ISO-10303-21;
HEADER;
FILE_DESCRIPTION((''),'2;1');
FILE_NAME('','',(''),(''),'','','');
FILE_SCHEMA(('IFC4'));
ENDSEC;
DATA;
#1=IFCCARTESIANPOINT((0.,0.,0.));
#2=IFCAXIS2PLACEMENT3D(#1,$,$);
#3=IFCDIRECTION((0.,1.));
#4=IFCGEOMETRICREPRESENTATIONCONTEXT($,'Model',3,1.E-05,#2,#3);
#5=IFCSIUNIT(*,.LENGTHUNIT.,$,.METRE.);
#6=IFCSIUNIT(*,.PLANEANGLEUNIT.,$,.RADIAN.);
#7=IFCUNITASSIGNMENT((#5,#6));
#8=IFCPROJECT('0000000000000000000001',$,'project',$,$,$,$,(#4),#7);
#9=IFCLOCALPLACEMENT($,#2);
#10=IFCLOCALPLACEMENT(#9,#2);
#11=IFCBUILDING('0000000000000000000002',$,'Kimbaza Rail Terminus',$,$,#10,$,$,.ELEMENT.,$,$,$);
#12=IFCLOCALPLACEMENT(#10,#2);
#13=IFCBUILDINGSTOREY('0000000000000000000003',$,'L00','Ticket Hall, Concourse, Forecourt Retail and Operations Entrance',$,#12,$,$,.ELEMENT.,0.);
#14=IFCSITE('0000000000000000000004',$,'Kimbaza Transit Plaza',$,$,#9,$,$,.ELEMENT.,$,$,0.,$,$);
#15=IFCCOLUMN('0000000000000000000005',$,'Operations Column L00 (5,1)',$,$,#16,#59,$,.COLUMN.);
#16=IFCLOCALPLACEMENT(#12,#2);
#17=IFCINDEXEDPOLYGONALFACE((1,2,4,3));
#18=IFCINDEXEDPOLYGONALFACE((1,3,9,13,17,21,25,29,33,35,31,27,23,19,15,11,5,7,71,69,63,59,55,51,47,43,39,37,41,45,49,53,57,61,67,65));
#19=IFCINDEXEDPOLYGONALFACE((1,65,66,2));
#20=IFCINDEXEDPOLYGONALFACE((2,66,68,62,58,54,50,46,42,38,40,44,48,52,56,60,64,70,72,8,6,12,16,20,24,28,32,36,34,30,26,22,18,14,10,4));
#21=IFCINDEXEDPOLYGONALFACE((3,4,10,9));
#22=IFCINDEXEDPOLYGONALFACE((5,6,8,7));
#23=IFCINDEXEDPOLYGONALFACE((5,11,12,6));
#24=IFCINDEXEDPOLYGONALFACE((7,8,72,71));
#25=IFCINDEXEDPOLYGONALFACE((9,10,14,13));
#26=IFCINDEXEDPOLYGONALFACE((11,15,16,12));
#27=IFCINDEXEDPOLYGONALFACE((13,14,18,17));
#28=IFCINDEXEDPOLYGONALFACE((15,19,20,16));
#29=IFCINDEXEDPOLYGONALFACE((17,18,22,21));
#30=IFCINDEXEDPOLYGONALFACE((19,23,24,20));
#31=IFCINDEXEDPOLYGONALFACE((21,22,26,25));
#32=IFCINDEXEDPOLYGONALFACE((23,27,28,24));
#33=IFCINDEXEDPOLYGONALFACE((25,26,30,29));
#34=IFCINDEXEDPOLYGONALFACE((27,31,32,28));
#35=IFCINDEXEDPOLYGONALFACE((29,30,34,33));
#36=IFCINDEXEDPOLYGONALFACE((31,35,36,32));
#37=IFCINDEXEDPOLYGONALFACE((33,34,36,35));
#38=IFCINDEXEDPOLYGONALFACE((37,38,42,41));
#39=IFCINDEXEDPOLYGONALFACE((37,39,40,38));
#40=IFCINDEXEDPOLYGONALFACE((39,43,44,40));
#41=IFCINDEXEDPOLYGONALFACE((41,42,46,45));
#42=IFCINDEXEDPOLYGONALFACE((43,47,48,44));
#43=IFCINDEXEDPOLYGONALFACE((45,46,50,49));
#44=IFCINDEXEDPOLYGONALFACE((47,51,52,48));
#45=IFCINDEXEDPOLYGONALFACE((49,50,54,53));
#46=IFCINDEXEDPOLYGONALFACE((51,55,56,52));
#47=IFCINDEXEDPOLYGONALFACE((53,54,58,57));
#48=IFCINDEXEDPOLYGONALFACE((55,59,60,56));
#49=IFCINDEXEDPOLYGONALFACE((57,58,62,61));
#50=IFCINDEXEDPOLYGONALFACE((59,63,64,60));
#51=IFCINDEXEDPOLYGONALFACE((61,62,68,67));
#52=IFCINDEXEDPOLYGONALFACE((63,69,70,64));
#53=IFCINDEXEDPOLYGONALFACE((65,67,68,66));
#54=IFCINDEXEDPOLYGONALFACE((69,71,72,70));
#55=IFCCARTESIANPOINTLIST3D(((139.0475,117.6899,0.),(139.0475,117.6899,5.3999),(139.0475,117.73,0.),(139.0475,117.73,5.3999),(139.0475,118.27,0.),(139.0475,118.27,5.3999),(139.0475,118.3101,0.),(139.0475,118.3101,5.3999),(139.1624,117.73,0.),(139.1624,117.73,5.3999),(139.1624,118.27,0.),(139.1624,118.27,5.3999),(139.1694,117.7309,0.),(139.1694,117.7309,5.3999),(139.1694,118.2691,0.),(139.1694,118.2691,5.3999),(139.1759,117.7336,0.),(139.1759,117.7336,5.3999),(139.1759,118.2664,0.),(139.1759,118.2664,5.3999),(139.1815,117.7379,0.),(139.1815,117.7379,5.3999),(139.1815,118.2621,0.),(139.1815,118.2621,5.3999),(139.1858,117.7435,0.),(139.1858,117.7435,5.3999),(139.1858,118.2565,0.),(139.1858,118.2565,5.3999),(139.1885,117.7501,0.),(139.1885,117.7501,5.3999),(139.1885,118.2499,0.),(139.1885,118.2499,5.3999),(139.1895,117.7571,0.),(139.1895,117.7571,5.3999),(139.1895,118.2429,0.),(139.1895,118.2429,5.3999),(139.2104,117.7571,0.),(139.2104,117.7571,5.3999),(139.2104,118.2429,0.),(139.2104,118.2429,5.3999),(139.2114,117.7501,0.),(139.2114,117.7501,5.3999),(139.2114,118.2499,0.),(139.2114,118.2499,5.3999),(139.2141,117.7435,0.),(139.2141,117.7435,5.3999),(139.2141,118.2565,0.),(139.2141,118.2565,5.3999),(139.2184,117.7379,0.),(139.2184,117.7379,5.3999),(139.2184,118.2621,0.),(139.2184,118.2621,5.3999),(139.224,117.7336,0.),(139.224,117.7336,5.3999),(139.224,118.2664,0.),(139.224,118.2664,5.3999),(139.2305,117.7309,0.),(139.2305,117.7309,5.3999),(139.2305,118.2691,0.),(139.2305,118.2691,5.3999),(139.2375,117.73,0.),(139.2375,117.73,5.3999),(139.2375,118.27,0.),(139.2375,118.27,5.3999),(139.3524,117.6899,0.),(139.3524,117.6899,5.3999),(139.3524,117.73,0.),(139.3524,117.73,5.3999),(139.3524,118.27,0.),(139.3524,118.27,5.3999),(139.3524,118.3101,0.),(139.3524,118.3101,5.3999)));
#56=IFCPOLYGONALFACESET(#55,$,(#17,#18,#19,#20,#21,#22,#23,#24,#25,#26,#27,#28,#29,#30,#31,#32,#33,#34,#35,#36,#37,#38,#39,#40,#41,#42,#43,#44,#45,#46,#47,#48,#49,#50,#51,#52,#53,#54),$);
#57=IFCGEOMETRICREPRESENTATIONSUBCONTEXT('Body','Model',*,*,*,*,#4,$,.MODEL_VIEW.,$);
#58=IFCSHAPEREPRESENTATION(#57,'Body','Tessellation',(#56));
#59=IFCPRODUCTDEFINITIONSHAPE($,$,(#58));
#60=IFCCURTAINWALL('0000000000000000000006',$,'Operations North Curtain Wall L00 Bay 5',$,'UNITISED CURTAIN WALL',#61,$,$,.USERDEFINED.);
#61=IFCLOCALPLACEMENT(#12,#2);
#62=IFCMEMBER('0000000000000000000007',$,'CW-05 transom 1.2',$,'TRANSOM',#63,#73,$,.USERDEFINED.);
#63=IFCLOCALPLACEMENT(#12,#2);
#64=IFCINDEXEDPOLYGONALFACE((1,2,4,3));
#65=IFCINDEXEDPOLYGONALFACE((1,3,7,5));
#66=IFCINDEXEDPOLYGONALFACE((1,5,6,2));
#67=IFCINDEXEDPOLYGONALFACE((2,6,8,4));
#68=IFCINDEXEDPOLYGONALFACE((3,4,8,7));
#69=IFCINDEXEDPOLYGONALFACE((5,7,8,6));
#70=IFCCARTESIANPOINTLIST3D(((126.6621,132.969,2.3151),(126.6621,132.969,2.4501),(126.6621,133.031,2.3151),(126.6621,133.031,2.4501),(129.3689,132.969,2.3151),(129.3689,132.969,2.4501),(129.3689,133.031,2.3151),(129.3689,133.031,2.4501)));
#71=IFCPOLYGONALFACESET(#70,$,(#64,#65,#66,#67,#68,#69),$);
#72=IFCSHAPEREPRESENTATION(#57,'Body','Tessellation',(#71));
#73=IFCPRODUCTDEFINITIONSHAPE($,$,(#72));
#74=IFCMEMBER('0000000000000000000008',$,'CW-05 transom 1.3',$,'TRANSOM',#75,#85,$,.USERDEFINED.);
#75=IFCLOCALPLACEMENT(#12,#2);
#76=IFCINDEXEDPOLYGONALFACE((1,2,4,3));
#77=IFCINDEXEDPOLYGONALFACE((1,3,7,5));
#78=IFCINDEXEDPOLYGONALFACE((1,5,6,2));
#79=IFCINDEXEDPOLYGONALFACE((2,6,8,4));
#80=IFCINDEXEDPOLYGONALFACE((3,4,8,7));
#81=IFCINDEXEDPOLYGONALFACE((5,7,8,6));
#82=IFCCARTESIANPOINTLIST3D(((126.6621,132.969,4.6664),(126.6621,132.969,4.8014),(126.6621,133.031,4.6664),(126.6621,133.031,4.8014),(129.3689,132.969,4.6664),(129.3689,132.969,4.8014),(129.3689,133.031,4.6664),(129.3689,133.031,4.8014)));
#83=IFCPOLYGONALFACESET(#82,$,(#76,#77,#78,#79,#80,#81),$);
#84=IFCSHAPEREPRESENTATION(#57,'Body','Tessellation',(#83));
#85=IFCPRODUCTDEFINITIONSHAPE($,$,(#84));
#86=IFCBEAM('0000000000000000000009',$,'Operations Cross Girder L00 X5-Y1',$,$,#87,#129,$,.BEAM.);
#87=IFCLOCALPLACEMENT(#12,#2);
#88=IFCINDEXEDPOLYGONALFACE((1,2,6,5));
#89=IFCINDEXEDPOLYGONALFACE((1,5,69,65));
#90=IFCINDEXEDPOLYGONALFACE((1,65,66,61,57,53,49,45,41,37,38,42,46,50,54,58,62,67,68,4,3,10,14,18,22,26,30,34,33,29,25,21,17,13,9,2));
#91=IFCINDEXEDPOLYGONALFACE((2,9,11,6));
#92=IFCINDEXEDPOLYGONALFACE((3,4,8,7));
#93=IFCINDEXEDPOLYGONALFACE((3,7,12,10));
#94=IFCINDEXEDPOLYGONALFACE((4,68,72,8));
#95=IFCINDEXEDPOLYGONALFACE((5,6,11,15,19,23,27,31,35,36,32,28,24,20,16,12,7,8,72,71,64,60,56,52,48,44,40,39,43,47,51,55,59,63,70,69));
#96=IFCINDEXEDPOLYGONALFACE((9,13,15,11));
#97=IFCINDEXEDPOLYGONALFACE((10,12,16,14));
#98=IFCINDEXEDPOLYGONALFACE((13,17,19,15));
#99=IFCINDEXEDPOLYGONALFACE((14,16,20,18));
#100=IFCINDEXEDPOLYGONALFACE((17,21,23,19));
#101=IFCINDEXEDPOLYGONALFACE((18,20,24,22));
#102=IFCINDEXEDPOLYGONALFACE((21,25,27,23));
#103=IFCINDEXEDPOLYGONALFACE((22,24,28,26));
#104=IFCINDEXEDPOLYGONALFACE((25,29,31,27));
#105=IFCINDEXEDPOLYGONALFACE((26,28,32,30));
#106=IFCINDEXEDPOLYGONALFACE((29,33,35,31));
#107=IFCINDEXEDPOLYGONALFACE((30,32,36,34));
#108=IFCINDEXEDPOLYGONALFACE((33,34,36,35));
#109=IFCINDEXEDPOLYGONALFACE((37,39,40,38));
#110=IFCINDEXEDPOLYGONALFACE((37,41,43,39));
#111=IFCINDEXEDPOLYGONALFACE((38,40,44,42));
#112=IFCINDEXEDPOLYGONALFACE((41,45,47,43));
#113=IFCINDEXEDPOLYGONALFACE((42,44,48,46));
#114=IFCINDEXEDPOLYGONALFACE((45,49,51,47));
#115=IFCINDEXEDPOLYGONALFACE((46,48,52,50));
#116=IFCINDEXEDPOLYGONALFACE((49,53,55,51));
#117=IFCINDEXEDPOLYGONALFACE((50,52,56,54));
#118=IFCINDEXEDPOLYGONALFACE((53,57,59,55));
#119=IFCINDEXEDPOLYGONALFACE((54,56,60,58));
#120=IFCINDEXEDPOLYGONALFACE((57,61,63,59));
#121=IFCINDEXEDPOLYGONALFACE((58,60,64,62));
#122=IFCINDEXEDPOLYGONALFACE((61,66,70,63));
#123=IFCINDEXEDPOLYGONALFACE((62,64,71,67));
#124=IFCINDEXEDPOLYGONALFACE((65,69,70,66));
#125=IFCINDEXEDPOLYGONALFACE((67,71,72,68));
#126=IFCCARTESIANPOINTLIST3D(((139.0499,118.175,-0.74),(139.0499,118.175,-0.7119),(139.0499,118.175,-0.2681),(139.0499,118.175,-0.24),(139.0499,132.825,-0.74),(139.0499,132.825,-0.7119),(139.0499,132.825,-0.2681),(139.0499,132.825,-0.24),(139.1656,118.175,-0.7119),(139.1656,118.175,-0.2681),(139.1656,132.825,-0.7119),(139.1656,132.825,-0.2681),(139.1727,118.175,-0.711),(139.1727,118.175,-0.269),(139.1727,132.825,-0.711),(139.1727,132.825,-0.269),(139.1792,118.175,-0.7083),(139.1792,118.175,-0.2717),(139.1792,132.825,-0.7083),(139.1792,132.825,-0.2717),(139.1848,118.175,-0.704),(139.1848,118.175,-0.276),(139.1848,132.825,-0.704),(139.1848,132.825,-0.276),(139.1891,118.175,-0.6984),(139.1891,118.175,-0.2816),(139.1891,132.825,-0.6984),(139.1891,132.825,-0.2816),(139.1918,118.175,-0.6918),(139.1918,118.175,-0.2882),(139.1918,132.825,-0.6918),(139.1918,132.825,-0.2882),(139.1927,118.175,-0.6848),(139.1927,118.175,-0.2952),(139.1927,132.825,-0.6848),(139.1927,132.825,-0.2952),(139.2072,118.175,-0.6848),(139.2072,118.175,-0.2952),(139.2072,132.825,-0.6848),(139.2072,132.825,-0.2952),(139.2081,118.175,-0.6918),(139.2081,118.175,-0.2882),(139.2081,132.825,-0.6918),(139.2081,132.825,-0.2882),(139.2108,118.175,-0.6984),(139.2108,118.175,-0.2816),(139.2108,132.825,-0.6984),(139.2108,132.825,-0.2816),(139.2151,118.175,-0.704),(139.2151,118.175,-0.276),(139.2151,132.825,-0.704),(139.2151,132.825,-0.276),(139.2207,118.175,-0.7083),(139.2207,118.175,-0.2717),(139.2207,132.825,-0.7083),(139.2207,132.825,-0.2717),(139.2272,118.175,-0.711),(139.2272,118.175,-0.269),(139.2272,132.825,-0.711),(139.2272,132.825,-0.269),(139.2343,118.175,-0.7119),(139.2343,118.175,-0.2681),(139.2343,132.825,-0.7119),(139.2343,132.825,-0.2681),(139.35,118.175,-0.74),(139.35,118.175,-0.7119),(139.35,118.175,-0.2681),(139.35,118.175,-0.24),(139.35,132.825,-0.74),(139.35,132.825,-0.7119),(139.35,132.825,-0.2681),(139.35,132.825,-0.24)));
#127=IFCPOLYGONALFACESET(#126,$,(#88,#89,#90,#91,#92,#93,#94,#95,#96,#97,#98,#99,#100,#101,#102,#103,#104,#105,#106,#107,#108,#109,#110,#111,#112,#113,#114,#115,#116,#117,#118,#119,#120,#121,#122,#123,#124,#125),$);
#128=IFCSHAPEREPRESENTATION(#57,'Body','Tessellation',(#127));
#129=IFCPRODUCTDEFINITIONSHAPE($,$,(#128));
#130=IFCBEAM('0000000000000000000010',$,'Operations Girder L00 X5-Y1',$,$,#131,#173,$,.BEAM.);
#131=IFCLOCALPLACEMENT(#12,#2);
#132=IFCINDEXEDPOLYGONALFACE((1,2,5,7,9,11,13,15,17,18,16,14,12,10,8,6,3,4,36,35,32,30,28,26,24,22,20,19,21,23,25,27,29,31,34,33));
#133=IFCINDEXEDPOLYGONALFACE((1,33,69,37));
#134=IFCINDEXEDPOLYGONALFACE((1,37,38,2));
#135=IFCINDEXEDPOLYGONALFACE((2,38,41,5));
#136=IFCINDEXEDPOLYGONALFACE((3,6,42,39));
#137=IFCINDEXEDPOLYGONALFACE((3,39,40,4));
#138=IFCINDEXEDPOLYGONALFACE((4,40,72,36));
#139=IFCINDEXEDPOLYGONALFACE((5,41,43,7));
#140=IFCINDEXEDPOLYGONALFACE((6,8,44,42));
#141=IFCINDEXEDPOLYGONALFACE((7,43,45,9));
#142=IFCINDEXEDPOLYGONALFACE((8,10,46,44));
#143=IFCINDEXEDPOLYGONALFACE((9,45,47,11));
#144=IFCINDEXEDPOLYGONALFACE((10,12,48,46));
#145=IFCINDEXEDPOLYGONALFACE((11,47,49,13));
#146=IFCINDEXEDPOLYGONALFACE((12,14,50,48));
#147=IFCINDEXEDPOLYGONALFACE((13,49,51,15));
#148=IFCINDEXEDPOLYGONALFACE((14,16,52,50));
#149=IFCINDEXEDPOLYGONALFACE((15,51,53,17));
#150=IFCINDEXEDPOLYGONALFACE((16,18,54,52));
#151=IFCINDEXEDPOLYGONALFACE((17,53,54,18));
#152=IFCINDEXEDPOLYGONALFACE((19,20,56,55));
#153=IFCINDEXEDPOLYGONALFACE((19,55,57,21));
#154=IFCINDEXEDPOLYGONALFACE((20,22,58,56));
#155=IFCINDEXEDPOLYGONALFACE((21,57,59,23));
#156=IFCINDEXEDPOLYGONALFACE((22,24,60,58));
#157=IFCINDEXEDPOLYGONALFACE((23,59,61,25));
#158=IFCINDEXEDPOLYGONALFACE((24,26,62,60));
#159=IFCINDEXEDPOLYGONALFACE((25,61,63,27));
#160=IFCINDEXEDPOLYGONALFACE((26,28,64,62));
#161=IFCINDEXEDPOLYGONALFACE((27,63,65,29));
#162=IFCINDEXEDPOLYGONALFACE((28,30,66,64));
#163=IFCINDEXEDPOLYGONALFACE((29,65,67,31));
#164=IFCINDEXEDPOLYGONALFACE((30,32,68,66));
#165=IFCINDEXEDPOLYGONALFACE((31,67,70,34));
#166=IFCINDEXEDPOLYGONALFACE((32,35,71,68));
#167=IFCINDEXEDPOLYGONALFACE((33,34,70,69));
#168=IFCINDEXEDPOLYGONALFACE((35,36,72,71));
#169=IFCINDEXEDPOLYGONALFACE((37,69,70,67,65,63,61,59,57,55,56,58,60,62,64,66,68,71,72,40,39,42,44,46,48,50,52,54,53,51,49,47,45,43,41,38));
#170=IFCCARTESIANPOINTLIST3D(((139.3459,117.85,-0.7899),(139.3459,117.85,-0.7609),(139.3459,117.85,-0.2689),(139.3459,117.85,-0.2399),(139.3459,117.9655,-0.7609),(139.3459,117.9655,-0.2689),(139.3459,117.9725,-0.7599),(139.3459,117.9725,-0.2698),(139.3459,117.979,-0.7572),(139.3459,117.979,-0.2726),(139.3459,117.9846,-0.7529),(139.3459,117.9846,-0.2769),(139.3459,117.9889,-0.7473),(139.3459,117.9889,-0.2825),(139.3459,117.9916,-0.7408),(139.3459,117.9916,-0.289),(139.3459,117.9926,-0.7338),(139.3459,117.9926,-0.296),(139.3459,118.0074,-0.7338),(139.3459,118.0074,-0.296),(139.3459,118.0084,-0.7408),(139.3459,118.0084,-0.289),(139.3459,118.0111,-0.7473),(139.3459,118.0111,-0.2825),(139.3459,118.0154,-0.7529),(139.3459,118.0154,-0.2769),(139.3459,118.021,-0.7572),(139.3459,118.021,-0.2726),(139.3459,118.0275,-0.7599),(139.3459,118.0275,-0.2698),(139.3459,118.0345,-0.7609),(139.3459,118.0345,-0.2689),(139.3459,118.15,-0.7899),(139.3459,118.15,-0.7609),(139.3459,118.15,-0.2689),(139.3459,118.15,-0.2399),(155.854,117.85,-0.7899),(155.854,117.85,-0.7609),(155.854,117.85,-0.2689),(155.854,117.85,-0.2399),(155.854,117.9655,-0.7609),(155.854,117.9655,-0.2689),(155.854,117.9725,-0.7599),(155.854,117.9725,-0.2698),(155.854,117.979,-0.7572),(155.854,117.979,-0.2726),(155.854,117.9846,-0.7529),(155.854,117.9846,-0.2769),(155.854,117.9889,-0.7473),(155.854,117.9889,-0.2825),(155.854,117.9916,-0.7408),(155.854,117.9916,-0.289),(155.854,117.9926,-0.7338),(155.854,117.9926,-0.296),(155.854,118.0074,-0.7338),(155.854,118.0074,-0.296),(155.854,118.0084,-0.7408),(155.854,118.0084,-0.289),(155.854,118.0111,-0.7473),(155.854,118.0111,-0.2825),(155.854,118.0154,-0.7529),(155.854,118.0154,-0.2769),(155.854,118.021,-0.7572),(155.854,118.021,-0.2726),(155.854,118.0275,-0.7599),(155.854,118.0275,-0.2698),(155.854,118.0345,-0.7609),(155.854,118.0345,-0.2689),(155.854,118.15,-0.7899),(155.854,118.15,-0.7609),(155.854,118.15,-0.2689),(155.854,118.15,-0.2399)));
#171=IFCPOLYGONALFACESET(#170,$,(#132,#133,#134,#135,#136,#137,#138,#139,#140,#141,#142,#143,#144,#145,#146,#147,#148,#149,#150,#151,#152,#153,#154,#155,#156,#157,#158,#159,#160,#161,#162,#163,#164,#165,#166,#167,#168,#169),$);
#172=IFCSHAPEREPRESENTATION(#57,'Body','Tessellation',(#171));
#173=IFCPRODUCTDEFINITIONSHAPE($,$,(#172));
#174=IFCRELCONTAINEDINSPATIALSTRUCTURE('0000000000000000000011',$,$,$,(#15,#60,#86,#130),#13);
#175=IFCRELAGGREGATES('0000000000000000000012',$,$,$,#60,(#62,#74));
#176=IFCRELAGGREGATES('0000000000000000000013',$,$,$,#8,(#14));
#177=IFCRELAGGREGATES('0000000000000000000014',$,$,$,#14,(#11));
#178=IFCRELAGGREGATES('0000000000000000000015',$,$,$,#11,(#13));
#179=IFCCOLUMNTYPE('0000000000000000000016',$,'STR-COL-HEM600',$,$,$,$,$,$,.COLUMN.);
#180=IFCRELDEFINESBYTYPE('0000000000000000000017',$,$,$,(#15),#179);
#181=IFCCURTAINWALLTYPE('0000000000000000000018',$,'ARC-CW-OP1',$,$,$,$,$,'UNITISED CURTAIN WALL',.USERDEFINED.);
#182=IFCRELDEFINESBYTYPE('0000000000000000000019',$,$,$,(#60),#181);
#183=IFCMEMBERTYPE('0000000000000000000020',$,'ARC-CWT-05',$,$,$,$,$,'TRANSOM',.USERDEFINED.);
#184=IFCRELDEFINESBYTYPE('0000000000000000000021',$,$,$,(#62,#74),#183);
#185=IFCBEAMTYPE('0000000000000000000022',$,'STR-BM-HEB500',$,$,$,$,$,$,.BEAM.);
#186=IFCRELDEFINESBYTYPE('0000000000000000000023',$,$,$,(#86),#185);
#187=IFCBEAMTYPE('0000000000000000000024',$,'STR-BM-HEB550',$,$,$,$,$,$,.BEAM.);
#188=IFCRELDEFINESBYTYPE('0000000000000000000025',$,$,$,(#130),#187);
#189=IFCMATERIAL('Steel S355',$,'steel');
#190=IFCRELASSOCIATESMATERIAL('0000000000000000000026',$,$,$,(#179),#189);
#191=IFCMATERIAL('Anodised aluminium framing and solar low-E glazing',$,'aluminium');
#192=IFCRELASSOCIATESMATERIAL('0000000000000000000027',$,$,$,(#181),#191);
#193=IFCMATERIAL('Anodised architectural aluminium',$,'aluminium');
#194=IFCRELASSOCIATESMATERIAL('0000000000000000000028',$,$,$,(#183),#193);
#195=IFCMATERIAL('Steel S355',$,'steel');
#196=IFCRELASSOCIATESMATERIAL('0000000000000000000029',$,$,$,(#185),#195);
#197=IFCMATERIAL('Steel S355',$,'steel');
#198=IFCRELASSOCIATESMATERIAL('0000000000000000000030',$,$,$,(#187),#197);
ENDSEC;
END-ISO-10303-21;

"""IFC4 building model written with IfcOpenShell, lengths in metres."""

from ifc_helpers import new_model, si_unit, direction, frame, origin, origin_2d, place, context, subcontext, project, spatial, rectangle, i_section, extrude, material, material_profile, profile_set, type_object, element, aggregate, save


model = new_model("IFC4")

# Units and contexts
model_context = context("Model", 3, precision=1e-05, world=origin(), true_north=direction((0.0, 1.0)))
body_context = subcontext(model_context, "Body", "Model", "MODEL_VIEW")
ifc_project = project(units=[si_unit("LENGTHUNIT", "METRE"), si_unit("PLANEANGLEUNIT", "RADIAN")], contexts=[model_context])

# Site, building, storey
site_placement = place(None, origin())
site = spatial("IfcSite", under=ifc_project, at=site_placement, Name="Kimbaza Transit Plaza", CompositionType="ELEMENT", RefElevation=0.0)
building_placement = place(site_placement, origin())
building = spatial("IfcBuilding", under=site, at=building_placement, Name="Kimbaza Rail Terminus", CompositionType="ELEMENT")
storey_placement = place(building_placement, origin())
storey = spatial("IfcBuildingStorey", under=building, at=storey_placement, Name="L00", Description="Ticket Hall, Concourse, Forecourt Retail and Operations Entrance", CompositionType="ELEMENT", Elevation=0.0)

# Column
ifc_material_1 = material(Name="Steel S355", Category="steel")
ifc_material_profile_1 = material_profile(ifc_material_1, i_section(OverallWidth=0.3049, OverallDepth=0.6201, WebThickness=0.021, FlangeThickness=0.04, FilletRadius=0.0271, at=origin_2d()), Name="HEM 600")
ifc_profile_set_1 = profile_set([ifc_material_profile_1], Name="Steel S355")
column_type = type_object("IfcColumnType", Name="STR-COL-HEM600", PredefinedType="COLUMN", material=ifc_profile_set_1)
column_placement = place(storey_placement, frame((139.2, 118.0, 0.0), z_axis=(0.0, 0.0, 1.0), x_axis=(1.0, 0.0, 0.0)))
element("IfcColumn", 1, at=column_placement, inside=storey, type_object=column_type, Name="Operations Column L00 (5,1)", PredefinedType="COLUMN", context=body_context, shape_type="SweptSolid", body=[
    extrude(i_section(OverallWidth=0.3049, OverallDepth=0.6201, WebThickness=0.021, FlangeThickness=0.04, FilletRadius=0.0271, at=origin_2d()), origin(), (0.0, 0.0, 1.0), 5.3999),
])

# Curtain wall, members
ifc_material_2 = material(Name="Anodised aluminium framing and solar low-E glazing", Category="aluminium")
curtain_wall_type = type_object("IfcCurtainWallType", Name="ARC-CW-OP1", ElementType="UNITISED CURTAIN WALL", PredefinedType="USERDEFINED", material=ifc_material_2)
curtain_wall_placement = place(storey_placement, origin())
curtain_wall = element("IfcCurtainWall", 2, at=curtain_wall_placement, inside=storey, type_object=curtain_wall_type, Name="Operations North Curtain Wall L00 Bay 5", ObjectType="UNITISED CURTAIN WALL", PredefinedType="USERDEFINED")
ifc_material_3 = material(Name="Anodised architectural aluminium", Category="aluminium")
ifc_material_profile_2 = material_profile(ifc_material_3, rectangle(XDim=0.062, YDim=0.135, at=origin_2d()), Name="TRANSOM 62x135")
ifc_profile_set_2 = profile_set([ifc_material_profile_2], Name="Anodised architectural aluminium")
member_type_1 = type_object("IfcMemberType", Name="ARC-CWT-05", ElementType="TRANSOM", PredefinedType="USERDEFINED", material=ifc_profile_set_2)
member_1_placement = place(storey_placement, frame((126.6621, 133.0, 2.3826), z_axis=(1.0, 0.0, 0.0), x_axis=(0.0, 1.0, 0.0)))
member_1 = element("IfcMember", 3, at=member_1_placement, type_object=member_type_1, Name="CW-05 transom 1.2", ObjectType="TRANSOM", PredefinedType="USERDEFINED", context=body_context, shape_type="SweptSolid", body=[
    extrude(rectangle(XDim=0.062, YDim=0.135, at=origin_2d()), origin(), (0.0, 0.0, 1.0), 2.7068),
])
member_2_placement = place(storey_placement, frame((126.6621, 133.0, 4.7339), z_axis=(1.0, 0.0, 0.0), x_axis=(0.0, 1.0, 0.0)))
member_2 = element("IfcMember", 4, at=member_2_placement, type_object=member_type_1, Name="CW-05 transom 1.3", ObjectType="TRANSOM", PredefinedType="USERDEFINED", context=body_context, shape_type="SweptSolid", body=[
    extrude(rectangle(XDim=0.062, YDim=0.135, at=origin_2d()), origin(), (0.0, 0.0, 1.0), 2.7068),
])

# Beams
ifc_material_4 = material(Name="Steel S355", Category="steel")
ifc_material_profile_3 = material_profile(ifc_material_4, i_section(OverallWidth=0.3, OverallDepth=0.5, WebThickness=0.0144, FlangeThickness=0.0281, FilletRadius=0.0271, at=origin_2d()), Name="HEB 500")
ifc_profile_set_3 = profile_set([ifc_material_profile_3], Name="Steel S355")
beam_type_1 = type_object("IfcBeamType", Name="STR-BM-HEB500", PredefinedType="BEAM", material=ifc_profile_set_3)
beam_1_placement = place(storey_placement, frame((139.2, 118.175, -0.49), z_axis=(0.0, 1.0, 0.0), x_axis=(-1.0, 0.0, 0.0)))
element("IfcBeam", 5, at=beam_1_placement, inside=storey, type_object=beam_type_1, Name="Operations Cross Girder L00 X5-Y1", PredefinedType="BEAM", context=body_context, shape_type="SweptSolid", body=[
    extrude(i_section(OverallWidth=0.3, OverallDepth=0.5, WebThickness=0.0144, FlangeThickness=0.0281, FilletRadius=0.0271, at=origin_2d()), origin(), (0.0, 0.0, 1.0), 14.6499),
])
ifc_material_5 = material(Name="Steel S355", Category="steel")
ifc_material_profile_4 = material_profile(ifc_material_5, i_section(OverallWidth=0.3, OverallDepth=0.55, WebThickness=0.0149, FlangeThickness=0.0291, FilletRadius=0.0271, at=origin_2d()), Name="HEB 550")
ifc_profile_set_4 = profile_set([ifc_material_profile_4], Name="Steel S355")
beam_type_2 = type_object("IfcBeamType", Name="STR-BM-HEB550", PredefinedType="BEAM", material=ifc_profile_set_4)
beam_2_placement = place(storey_placement, frame((139.3459, 118.0, -0.5149), z_axis=(1.0, 0.0, 0.0), x_axis=(0.0, 1.0, 0.0)))
element("IfcBeam", 6, at=beam_2_placement, inside=storey, type_object=beam_type_2, Name="Operations Girder L00 X5-Y1", PredefinedType="BEAM", context=body_context, shape_type="SweptSolid", body=[
    extrude(i_section(OverallWidth=0.3, OverallDepth=0.55, WebThickness=0.0149, FlangeThickness=0.0291, FilletRadius=0.0271, at=origin_2d()), origin(), (0.0, 0.0, 1.0), 16.5081),
])

aggregate(curtain_wall, [member_1, member_2])

save(model, "model.ifc")
